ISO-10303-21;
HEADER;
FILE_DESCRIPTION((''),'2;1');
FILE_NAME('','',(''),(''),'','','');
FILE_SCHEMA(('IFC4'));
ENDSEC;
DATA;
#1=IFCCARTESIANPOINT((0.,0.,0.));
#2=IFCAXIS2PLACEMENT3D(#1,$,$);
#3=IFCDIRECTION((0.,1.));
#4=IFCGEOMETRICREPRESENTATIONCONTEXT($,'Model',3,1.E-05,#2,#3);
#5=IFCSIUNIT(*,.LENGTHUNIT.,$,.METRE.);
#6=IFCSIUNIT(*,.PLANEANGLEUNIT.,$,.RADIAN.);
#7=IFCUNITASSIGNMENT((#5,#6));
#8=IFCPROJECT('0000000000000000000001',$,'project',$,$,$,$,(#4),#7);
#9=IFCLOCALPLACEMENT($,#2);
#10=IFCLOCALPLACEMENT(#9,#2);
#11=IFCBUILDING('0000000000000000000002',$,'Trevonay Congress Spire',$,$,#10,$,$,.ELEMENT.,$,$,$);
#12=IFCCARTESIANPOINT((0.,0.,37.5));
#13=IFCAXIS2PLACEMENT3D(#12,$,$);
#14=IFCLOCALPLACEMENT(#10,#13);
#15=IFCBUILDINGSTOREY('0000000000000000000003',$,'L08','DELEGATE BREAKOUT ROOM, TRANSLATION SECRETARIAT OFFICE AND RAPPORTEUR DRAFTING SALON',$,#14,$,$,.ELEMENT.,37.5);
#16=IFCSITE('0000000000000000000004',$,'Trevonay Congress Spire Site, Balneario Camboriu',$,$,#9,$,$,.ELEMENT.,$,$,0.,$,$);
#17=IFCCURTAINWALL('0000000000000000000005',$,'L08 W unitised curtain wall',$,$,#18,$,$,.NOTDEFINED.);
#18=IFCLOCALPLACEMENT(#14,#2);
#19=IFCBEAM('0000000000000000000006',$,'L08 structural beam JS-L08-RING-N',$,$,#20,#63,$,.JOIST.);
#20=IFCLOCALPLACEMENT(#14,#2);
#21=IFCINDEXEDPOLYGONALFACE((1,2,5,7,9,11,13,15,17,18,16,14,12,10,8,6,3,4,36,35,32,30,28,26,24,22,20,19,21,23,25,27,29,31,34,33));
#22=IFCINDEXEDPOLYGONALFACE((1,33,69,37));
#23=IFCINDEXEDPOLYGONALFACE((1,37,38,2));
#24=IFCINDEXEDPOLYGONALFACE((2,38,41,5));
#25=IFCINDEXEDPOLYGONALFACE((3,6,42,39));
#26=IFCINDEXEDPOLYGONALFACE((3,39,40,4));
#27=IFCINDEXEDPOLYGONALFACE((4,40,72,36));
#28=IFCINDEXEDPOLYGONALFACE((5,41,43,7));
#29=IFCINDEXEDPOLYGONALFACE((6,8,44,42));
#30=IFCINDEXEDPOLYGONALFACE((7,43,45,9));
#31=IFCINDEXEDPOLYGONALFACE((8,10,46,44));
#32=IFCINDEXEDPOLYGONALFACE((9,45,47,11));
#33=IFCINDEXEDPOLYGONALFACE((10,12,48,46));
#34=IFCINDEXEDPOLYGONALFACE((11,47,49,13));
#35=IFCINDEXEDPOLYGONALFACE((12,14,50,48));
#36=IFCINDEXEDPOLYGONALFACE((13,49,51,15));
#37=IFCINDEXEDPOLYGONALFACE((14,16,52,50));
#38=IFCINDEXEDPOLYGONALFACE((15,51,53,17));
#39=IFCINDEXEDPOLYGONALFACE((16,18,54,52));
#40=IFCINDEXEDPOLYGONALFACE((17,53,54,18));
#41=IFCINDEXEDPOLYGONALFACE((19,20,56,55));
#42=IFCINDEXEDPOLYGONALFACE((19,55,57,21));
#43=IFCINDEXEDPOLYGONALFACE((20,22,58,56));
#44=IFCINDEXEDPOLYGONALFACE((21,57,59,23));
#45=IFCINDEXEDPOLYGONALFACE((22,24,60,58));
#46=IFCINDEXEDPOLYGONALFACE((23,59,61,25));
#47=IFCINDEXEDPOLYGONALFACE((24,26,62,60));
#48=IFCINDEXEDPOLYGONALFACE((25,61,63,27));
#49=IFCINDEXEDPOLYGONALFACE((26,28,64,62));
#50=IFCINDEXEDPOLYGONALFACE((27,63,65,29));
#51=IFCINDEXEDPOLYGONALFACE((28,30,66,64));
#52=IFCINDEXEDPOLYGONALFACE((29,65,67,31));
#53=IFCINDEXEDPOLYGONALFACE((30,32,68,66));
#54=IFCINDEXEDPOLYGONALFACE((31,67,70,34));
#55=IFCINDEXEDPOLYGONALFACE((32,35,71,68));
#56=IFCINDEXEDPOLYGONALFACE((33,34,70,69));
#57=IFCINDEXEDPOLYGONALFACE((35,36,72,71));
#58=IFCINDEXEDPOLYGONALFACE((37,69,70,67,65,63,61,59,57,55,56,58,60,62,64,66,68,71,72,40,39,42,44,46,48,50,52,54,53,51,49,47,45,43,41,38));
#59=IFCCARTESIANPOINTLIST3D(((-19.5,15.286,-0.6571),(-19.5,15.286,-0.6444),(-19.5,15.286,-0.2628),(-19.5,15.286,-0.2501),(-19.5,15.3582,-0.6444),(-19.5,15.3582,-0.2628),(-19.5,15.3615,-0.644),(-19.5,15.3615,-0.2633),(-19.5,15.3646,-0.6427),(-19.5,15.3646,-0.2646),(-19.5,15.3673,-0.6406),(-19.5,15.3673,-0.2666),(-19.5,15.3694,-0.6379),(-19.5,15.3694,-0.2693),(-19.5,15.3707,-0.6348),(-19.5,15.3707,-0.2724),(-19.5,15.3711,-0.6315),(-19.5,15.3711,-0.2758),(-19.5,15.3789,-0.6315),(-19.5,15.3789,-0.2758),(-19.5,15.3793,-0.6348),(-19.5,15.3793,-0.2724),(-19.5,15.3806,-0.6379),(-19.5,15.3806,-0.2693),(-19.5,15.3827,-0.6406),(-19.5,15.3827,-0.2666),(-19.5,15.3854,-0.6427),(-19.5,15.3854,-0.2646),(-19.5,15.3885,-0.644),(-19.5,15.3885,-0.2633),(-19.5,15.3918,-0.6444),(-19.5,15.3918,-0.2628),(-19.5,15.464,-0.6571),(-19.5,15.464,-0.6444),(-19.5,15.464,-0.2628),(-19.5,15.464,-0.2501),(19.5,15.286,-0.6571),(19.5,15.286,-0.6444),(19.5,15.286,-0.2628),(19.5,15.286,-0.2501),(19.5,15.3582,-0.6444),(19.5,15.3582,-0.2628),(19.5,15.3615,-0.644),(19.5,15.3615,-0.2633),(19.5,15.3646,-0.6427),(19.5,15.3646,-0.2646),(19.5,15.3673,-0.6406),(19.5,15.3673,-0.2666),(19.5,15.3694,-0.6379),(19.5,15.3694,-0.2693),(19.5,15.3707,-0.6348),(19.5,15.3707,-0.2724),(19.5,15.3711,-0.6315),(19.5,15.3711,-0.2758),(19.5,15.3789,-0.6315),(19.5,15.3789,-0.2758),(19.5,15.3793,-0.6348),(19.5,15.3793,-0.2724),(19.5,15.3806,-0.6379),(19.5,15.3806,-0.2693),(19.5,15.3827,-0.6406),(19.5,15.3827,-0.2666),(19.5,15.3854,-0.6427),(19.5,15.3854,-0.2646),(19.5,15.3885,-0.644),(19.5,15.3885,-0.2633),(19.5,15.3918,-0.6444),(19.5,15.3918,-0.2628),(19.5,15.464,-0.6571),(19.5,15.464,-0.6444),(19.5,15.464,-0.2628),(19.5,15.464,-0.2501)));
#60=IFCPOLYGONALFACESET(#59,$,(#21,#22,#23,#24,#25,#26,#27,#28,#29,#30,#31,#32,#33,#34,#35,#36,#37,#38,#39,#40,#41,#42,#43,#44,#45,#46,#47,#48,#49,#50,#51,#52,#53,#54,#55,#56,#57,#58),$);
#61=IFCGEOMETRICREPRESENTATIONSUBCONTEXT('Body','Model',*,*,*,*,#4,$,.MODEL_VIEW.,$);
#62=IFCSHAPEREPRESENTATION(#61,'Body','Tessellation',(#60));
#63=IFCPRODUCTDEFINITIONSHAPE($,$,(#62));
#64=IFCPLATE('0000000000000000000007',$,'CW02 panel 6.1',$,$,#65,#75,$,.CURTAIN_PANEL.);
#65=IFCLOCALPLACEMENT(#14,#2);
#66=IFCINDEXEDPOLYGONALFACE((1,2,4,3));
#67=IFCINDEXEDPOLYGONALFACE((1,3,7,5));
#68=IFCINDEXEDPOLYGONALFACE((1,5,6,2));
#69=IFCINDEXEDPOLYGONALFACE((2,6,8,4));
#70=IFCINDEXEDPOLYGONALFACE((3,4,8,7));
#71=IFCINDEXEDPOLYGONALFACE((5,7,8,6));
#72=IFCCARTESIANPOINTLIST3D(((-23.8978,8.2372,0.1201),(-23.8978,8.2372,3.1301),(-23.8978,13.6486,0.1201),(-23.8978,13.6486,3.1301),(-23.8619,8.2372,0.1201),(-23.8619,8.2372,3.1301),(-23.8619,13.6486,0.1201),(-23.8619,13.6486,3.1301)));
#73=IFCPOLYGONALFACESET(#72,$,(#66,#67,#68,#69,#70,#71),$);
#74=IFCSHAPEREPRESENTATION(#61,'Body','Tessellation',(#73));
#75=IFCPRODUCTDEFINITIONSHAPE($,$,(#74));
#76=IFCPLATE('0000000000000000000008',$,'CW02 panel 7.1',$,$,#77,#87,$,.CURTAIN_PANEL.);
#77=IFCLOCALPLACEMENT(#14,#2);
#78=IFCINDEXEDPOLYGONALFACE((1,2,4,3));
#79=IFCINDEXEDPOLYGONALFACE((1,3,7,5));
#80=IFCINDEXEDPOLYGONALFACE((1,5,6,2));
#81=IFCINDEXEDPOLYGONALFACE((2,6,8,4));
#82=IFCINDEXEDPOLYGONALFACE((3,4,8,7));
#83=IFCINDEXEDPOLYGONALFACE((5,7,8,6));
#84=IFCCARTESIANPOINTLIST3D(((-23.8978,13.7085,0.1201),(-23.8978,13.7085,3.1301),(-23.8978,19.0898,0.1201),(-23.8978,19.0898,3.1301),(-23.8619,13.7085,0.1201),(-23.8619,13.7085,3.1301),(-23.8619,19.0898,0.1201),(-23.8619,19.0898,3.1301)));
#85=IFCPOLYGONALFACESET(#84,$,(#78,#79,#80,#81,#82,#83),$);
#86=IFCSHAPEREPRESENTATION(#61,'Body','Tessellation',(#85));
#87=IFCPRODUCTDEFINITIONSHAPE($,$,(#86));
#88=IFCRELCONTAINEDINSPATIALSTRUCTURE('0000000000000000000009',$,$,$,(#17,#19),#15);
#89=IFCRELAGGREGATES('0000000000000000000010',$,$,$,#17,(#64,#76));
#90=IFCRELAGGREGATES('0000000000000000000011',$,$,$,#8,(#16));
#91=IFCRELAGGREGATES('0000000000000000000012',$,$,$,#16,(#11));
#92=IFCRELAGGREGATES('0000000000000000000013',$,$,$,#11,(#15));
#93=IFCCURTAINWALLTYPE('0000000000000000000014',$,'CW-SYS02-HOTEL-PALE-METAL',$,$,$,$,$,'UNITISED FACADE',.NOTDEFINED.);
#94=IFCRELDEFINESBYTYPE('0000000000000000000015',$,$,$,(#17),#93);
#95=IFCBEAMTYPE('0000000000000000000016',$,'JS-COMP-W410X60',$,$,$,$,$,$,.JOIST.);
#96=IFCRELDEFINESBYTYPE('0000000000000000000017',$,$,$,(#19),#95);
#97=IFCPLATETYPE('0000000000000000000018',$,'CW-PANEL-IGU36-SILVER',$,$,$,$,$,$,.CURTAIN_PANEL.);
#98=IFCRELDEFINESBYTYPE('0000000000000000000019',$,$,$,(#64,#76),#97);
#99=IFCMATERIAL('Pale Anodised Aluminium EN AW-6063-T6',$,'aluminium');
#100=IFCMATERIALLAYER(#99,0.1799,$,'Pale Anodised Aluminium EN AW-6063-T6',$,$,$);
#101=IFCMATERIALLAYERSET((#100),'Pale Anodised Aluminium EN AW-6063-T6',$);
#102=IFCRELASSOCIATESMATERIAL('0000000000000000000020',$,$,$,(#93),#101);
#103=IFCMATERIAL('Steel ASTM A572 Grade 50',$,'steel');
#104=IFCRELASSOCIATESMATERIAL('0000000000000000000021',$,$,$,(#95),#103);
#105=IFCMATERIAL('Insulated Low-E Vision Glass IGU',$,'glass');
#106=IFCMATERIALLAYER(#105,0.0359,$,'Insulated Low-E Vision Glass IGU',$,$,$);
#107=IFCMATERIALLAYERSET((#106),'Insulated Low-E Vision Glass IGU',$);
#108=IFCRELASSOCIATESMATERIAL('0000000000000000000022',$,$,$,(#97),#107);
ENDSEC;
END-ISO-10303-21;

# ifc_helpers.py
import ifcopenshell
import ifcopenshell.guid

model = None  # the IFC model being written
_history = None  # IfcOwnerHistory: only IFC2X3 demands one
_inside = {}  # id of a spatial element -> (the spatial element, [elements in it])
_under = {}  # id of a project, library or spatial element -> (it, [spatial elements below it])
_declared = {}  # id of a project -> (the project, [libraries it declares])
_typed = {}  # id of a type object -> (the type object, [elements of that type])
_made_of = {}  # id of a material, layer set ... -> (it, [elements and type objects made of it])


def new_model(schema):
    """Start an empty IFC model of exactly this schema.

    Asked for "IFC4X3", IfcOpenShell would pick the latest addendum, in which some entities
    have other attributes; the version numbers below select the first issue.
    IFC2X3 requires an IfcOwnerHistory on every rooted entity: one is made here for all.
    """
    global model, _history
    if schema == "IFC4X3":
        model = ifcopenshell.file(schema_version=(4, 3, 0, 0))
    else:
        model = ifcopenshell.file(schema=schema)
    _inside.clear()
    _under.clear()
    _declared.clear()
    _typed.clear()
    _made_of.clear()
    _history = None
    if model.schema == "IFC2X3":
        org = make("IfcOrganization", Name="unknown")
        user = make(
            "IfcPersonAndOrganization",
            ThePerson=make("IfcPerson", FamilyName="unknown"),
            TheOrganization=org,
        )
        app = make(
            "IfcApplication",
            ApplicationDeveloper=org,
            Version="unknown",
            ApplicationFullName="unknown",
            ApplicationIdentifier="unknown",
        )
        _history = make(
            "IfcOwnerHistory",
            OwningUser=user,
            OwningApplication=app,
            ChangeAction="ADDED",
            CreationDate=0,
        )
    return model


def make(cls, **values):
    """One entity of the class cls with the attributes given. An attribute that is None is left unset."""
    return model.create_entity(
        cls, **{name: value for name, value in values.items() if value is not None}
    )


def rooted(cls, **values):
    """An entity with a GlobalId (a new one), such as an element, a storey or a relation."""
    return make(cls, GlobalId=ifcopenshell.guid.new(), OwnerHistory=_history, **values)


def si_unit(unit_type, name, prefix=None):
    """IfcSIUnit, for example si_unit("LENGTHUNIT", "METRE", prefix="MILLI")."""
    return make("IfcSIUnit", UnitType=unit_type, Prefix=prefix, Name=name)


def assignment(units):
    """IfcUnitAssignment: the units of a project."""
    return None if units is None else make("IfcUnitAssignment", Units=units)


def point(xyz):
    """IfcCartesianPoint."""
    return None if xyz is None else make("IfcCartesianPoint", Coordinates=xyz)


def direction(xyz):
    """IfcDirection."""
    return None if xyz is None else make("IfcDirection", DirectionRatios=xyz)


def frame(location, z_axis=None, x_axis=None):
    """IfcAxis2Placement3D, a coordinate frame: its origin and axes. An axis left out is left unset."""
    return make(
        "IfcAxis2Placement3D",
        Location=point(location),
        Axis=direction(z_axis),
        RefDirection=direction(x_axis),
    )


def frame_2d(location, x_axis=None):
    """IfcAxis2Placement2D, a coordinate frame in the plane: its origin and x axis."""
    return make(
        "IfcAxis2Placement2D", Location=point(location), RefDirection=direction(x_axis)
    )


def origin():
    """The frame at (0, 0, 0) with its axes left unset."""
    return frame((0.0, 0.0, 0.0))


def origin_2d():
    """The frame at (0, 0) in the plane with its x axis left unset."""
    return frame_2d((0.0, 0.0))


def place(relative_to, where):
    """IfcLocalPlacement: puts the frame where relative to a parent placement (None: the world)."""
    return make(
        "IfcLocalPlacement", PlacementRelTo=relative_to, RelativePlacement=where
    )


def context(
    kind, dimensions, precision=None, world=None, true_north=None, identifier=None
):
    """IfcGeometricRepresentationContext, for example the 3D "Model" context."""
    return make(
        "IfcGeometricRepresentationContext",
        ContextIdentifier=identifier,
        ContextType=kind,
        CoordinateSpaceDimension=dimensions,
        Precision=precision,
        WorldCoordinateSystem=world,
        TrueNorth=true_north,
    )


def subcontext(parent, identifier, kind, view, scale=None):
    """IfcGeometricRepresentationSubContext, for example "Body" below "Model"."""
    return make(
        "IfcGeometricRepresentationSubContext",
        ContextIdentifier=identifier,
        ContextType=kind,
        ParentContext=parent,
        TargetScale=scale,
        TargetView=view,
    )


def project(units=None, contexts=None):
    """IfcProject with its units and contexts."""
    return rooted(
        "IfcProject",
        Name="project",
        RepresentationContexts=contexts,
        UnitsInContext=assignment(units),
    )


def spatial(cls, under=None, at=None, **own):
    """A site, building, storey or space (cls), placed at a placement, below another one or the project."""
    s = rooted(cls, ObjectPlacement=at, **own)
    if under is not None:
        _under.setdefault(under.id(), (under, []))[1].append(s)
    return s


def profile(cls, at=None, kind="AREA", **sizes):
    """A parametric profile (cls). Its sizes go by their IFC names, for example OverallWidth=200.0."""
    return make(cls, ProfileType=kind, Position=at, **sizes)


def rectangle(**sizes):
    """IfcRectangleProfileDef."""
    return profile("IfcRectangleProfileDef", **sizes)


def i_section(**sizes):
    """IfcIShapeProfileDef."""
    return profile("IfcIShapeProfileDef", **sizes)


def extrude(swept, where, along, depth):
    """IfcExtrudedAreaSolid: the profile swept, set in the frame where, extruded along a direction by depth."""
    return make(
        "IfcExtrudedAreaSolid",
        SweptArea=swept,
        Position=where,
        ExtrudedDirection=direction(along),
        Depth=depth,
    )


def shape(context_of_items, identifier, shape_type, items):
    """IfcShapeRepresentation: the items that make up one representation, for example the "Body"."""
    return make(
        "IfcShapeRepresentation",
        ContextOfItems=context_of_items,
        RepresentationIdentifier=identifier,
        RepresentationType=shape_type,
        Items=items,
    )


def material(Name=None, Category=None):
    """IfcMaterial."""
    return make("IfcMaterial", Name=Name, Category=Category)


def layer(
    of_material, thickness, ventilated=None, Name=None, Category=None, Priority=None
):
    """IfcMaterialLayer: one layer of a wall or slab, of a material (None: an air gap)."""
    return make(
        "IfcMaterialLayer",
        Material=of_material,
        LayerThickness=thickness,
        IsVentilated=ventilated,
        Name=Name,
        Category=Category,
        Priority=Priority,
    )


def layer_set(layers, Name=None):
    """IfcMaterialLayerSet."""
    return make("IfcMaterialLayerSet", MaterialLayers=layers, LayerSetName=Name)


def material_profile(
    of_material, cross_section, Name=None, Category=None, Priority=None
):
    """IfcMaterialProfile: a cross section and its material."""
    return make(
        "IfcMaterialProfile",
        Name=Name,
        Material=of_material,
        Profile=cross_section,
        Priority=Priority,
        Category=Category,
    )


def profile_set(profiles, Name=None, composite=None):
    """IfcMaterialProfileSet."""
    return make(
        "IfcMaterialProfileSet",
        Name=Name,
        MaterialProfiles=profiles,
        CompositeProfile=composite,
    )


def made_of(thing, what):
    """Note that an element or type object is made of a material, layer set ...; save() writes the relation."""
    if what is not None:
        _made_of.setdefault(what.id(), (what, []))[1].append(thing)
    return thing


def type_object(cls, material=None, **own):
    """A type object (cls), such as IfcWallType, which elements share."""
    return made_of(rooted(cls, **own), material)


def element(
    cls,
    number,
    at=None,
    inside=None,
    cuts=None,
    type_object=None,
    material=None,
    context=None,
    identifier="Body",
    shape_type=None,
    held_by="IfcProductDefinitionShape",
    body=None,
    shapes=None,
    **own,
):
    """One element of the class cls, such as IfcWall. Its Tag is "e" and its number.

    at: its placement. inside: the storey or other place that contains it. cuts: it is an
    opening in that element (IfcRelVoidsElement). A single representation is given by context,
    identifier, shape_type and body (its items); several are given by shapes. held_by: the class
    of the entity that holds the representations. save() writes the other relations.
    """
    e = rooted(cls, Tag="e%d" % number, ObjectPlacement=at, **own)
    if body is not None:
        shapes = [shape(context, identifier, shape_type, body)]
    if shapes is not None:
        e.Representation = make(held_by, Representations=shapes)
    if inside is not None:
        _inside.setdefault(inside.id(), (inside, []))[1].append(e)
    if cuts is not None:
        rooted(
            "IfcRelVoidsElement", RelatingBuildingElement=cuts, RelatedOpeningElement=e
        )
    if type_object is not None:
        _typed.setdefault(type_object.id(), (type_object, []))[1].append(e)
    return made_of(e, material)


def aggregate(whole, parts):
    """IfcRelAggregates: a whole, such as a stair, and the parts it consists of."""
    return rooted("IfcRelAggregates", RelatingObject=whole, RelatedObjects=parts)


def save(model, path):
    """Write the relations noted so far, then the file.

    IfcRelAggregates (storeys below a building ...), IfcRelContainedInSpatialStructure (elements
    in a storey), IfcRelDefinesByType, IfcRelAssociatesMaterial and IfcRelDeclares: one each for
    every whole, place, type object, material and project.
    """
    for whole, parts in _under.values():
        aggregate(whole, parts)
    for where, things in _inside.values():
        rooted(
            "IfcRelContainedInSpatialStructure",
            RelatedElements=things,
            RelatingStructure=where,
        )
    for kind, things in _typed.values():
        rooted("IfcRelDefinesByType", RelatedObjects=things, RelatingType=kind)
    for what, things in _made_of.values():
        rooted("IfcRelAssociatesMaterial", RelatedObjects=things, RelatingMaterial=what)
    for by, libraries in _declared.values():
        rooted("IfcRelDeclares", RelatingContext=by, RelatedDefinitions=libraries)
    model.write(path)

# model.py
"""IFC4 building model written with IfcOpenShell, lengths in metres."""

from ifc_helpers import new_model, si_unit, direction, frame, origin, origin_2d, place, context, subcontext, project, spatial, rectangle, i_section, extrude, material, layer, layer_set, material_profile, profile_set, type_object, element, aggregate, save


model = new_model("IFC4")

# Units and contexts
model_context = context("Model", 3, precision=1e-05, world=origin(), true_north=direction((0.0, 1.0)))
body_context = subcontext(model_context, "Body", "Model", "MODEL_VIEW")
ifc_project = project(units=[si_unit("LENGTHUNIT", "METRE"), si_unit("PLANEANGLEUNIT", "RADIAN")], contexts=[model_context])

# Site, building, storey
site_placement = place(None, origin())
site = spatial("IfcSite", under=ifc_project, at=site_placement, Name="Trevonay Congress Spire Site, Balneario Camboriu", CompositionType="ELEMENT", RefElevation=0.0)
building_placement = place(site_placement, origin())
building = spatial("IfcBuilding", under=site, at=building_placement, Name="Trevonay Congress Spire", CompositionType="ELEMENT")
storey_placement = place(building_placement, frame((0.0, 0.0, 37.5)))
storey = spatial("IfcBuildingStorey", under=building, at=storey_placement, Name="L08", Description="DELEGATE BREAKOUT ROOM, TRANSLATION SECRETARIAT OFFICE AND RAPPORTEUR DRAFTING SALON", CompositionType="ELEMENT", Elevation=37.5)

# Shared definitions
ifc_material_1 = material(Name="Steel ASTM A572 Grade 50", Category="steel")

# Shared definitions
ifc_material_2 = material(Name="Pale Anodised Aluminium EN AW-6063-T6", Category="aluminium")
ifc_layer_1 = layer(ifc_material_2, 0.1799, Name="Pale Anodised Aluminium EN AW-6063-T6")
ifc_layer_set_1 = layer_set([ifc_layer_1], Name="Pale Anodised Aluminium EN AW-6063-T6")
curtain_wall_type = type_object("IfcCurtainWallType", Name="CW-SYS02-HOTEL-PALE-METAL", ElementType="UNITISED FACADE", PredefinedType="NOTDEFINED", material=ifc_layer_set_1)

# Curtain wall
curtain_wall_1_placement = place(storey_placement, origin())
curtain_wall_1 = element("IfcCurtainWall", 1, at=curtain_wall_1_placement, inside=storey, type_object=curtain_wall_type, Name="L08 W unitised curtain wall", PredefinedType="NOTDEFINED")

# Beam
ifc_material_profile_1 = material_profile(ifc_material_1, i_section(OverallWidth=0.178, OverallDepth=0.407, WebThickness=0.0078, FlangeThickness=0.0127, FilletRadius=0.0129, at=origin_2d()), Name="W410x60")
ifc_profile_set_1 = profile_set([ifc_material_profile_1], Name="Steel ASTM A572 Grade 50")
beam_type_1 = type_object("IfcBeamType", Name="JS-COMP-W410X60", PredefinedType="JOIST", material=ifc_profile_set_1)
beam_placement = place(storey_placement, frame((-19.5, 15.375, -0.4536), z_axis=(1.0, 0.0, 0.0), x_axis=(0.0, 1.0, 0.0)))
element("IfcBeam", 2, at=beam_placement, inside=storey, type_object=beam_type_1, Name="L08 structural beam JS-L08-RING-N", PredefinedType="JOIST", context=body_context, shape_type="SweptSolid", body=[
    extrude(i_section(OverallWidth=0.178, OverallDepth=0.407, WebThickness=0.0078, FlangeThickness=0.0127, FilletRadius=0.0129, at=origin_2d()), origin(), (0.0, 0.0, 1.0), 39.0),
])

# Plates
ifc_material_3 = material(Name="Insulated Low-E Vision Glass IGU", Category="glass")
ifc_layer_2 = layer(ifc_material_3, 0.0359, Name="Insulated Low-E Vision Glass IGU")
ifc_layer_set_2 = layer_set([ifc_layer_2], Name="Insulated Low-E Vision Glass IGU")
plate_type = type_object("IfcPlateType", Name="CW-PANEL-IGU36-SILVER", PredefinedType="CURTAIN_PANEL", material=ifc_layer_set_2)
plate_1_placement = place(storey_placement, frame((-23.8799, 10.9429, 0.1201), z_axis=(0.0, 0.0, 1.0), x_axis=(0.0, 1.0, 0.0)))
plate_1 = element("IfcPlate", 3, at=plate_1_placement, type_object=plate_type, Name="CW02 panel 6.1", PredefinedType="CURTAIN_PANEL", context=body_context, shape_type="SweptSolid", body=[
    extrude(rectangle(XDim=5.4114, YDim=0.0359, at=origin_2d()), origin(), (0.0, 0.0, 1.0), 3.01),
])
plate_2_placement = place(storey_placement, frame((-23.8799, 16.3992, 0.1201), z_axis=(0.0, 0.0, 1.0), x_axis=(0.0, 1.0, 0.0)))
plate_2 = element("IfcPlate", 4, at=plate_2_placement, type_object=plate_type, Name="CW02 panel 7.1", PredefinedType="CURTAIN_PANEL", context=body_context, shape_type="SweptSolid", body=[
    extrude(rectangle(XDim=5.3813, YDim=0.0359, at=origin_2d()), origin(), (0.0, 0.0, 1.0), 3.01),
])
aggregate(curtain_wall_1, [plate_1, plate_2])

save(model, "model.ifc")
